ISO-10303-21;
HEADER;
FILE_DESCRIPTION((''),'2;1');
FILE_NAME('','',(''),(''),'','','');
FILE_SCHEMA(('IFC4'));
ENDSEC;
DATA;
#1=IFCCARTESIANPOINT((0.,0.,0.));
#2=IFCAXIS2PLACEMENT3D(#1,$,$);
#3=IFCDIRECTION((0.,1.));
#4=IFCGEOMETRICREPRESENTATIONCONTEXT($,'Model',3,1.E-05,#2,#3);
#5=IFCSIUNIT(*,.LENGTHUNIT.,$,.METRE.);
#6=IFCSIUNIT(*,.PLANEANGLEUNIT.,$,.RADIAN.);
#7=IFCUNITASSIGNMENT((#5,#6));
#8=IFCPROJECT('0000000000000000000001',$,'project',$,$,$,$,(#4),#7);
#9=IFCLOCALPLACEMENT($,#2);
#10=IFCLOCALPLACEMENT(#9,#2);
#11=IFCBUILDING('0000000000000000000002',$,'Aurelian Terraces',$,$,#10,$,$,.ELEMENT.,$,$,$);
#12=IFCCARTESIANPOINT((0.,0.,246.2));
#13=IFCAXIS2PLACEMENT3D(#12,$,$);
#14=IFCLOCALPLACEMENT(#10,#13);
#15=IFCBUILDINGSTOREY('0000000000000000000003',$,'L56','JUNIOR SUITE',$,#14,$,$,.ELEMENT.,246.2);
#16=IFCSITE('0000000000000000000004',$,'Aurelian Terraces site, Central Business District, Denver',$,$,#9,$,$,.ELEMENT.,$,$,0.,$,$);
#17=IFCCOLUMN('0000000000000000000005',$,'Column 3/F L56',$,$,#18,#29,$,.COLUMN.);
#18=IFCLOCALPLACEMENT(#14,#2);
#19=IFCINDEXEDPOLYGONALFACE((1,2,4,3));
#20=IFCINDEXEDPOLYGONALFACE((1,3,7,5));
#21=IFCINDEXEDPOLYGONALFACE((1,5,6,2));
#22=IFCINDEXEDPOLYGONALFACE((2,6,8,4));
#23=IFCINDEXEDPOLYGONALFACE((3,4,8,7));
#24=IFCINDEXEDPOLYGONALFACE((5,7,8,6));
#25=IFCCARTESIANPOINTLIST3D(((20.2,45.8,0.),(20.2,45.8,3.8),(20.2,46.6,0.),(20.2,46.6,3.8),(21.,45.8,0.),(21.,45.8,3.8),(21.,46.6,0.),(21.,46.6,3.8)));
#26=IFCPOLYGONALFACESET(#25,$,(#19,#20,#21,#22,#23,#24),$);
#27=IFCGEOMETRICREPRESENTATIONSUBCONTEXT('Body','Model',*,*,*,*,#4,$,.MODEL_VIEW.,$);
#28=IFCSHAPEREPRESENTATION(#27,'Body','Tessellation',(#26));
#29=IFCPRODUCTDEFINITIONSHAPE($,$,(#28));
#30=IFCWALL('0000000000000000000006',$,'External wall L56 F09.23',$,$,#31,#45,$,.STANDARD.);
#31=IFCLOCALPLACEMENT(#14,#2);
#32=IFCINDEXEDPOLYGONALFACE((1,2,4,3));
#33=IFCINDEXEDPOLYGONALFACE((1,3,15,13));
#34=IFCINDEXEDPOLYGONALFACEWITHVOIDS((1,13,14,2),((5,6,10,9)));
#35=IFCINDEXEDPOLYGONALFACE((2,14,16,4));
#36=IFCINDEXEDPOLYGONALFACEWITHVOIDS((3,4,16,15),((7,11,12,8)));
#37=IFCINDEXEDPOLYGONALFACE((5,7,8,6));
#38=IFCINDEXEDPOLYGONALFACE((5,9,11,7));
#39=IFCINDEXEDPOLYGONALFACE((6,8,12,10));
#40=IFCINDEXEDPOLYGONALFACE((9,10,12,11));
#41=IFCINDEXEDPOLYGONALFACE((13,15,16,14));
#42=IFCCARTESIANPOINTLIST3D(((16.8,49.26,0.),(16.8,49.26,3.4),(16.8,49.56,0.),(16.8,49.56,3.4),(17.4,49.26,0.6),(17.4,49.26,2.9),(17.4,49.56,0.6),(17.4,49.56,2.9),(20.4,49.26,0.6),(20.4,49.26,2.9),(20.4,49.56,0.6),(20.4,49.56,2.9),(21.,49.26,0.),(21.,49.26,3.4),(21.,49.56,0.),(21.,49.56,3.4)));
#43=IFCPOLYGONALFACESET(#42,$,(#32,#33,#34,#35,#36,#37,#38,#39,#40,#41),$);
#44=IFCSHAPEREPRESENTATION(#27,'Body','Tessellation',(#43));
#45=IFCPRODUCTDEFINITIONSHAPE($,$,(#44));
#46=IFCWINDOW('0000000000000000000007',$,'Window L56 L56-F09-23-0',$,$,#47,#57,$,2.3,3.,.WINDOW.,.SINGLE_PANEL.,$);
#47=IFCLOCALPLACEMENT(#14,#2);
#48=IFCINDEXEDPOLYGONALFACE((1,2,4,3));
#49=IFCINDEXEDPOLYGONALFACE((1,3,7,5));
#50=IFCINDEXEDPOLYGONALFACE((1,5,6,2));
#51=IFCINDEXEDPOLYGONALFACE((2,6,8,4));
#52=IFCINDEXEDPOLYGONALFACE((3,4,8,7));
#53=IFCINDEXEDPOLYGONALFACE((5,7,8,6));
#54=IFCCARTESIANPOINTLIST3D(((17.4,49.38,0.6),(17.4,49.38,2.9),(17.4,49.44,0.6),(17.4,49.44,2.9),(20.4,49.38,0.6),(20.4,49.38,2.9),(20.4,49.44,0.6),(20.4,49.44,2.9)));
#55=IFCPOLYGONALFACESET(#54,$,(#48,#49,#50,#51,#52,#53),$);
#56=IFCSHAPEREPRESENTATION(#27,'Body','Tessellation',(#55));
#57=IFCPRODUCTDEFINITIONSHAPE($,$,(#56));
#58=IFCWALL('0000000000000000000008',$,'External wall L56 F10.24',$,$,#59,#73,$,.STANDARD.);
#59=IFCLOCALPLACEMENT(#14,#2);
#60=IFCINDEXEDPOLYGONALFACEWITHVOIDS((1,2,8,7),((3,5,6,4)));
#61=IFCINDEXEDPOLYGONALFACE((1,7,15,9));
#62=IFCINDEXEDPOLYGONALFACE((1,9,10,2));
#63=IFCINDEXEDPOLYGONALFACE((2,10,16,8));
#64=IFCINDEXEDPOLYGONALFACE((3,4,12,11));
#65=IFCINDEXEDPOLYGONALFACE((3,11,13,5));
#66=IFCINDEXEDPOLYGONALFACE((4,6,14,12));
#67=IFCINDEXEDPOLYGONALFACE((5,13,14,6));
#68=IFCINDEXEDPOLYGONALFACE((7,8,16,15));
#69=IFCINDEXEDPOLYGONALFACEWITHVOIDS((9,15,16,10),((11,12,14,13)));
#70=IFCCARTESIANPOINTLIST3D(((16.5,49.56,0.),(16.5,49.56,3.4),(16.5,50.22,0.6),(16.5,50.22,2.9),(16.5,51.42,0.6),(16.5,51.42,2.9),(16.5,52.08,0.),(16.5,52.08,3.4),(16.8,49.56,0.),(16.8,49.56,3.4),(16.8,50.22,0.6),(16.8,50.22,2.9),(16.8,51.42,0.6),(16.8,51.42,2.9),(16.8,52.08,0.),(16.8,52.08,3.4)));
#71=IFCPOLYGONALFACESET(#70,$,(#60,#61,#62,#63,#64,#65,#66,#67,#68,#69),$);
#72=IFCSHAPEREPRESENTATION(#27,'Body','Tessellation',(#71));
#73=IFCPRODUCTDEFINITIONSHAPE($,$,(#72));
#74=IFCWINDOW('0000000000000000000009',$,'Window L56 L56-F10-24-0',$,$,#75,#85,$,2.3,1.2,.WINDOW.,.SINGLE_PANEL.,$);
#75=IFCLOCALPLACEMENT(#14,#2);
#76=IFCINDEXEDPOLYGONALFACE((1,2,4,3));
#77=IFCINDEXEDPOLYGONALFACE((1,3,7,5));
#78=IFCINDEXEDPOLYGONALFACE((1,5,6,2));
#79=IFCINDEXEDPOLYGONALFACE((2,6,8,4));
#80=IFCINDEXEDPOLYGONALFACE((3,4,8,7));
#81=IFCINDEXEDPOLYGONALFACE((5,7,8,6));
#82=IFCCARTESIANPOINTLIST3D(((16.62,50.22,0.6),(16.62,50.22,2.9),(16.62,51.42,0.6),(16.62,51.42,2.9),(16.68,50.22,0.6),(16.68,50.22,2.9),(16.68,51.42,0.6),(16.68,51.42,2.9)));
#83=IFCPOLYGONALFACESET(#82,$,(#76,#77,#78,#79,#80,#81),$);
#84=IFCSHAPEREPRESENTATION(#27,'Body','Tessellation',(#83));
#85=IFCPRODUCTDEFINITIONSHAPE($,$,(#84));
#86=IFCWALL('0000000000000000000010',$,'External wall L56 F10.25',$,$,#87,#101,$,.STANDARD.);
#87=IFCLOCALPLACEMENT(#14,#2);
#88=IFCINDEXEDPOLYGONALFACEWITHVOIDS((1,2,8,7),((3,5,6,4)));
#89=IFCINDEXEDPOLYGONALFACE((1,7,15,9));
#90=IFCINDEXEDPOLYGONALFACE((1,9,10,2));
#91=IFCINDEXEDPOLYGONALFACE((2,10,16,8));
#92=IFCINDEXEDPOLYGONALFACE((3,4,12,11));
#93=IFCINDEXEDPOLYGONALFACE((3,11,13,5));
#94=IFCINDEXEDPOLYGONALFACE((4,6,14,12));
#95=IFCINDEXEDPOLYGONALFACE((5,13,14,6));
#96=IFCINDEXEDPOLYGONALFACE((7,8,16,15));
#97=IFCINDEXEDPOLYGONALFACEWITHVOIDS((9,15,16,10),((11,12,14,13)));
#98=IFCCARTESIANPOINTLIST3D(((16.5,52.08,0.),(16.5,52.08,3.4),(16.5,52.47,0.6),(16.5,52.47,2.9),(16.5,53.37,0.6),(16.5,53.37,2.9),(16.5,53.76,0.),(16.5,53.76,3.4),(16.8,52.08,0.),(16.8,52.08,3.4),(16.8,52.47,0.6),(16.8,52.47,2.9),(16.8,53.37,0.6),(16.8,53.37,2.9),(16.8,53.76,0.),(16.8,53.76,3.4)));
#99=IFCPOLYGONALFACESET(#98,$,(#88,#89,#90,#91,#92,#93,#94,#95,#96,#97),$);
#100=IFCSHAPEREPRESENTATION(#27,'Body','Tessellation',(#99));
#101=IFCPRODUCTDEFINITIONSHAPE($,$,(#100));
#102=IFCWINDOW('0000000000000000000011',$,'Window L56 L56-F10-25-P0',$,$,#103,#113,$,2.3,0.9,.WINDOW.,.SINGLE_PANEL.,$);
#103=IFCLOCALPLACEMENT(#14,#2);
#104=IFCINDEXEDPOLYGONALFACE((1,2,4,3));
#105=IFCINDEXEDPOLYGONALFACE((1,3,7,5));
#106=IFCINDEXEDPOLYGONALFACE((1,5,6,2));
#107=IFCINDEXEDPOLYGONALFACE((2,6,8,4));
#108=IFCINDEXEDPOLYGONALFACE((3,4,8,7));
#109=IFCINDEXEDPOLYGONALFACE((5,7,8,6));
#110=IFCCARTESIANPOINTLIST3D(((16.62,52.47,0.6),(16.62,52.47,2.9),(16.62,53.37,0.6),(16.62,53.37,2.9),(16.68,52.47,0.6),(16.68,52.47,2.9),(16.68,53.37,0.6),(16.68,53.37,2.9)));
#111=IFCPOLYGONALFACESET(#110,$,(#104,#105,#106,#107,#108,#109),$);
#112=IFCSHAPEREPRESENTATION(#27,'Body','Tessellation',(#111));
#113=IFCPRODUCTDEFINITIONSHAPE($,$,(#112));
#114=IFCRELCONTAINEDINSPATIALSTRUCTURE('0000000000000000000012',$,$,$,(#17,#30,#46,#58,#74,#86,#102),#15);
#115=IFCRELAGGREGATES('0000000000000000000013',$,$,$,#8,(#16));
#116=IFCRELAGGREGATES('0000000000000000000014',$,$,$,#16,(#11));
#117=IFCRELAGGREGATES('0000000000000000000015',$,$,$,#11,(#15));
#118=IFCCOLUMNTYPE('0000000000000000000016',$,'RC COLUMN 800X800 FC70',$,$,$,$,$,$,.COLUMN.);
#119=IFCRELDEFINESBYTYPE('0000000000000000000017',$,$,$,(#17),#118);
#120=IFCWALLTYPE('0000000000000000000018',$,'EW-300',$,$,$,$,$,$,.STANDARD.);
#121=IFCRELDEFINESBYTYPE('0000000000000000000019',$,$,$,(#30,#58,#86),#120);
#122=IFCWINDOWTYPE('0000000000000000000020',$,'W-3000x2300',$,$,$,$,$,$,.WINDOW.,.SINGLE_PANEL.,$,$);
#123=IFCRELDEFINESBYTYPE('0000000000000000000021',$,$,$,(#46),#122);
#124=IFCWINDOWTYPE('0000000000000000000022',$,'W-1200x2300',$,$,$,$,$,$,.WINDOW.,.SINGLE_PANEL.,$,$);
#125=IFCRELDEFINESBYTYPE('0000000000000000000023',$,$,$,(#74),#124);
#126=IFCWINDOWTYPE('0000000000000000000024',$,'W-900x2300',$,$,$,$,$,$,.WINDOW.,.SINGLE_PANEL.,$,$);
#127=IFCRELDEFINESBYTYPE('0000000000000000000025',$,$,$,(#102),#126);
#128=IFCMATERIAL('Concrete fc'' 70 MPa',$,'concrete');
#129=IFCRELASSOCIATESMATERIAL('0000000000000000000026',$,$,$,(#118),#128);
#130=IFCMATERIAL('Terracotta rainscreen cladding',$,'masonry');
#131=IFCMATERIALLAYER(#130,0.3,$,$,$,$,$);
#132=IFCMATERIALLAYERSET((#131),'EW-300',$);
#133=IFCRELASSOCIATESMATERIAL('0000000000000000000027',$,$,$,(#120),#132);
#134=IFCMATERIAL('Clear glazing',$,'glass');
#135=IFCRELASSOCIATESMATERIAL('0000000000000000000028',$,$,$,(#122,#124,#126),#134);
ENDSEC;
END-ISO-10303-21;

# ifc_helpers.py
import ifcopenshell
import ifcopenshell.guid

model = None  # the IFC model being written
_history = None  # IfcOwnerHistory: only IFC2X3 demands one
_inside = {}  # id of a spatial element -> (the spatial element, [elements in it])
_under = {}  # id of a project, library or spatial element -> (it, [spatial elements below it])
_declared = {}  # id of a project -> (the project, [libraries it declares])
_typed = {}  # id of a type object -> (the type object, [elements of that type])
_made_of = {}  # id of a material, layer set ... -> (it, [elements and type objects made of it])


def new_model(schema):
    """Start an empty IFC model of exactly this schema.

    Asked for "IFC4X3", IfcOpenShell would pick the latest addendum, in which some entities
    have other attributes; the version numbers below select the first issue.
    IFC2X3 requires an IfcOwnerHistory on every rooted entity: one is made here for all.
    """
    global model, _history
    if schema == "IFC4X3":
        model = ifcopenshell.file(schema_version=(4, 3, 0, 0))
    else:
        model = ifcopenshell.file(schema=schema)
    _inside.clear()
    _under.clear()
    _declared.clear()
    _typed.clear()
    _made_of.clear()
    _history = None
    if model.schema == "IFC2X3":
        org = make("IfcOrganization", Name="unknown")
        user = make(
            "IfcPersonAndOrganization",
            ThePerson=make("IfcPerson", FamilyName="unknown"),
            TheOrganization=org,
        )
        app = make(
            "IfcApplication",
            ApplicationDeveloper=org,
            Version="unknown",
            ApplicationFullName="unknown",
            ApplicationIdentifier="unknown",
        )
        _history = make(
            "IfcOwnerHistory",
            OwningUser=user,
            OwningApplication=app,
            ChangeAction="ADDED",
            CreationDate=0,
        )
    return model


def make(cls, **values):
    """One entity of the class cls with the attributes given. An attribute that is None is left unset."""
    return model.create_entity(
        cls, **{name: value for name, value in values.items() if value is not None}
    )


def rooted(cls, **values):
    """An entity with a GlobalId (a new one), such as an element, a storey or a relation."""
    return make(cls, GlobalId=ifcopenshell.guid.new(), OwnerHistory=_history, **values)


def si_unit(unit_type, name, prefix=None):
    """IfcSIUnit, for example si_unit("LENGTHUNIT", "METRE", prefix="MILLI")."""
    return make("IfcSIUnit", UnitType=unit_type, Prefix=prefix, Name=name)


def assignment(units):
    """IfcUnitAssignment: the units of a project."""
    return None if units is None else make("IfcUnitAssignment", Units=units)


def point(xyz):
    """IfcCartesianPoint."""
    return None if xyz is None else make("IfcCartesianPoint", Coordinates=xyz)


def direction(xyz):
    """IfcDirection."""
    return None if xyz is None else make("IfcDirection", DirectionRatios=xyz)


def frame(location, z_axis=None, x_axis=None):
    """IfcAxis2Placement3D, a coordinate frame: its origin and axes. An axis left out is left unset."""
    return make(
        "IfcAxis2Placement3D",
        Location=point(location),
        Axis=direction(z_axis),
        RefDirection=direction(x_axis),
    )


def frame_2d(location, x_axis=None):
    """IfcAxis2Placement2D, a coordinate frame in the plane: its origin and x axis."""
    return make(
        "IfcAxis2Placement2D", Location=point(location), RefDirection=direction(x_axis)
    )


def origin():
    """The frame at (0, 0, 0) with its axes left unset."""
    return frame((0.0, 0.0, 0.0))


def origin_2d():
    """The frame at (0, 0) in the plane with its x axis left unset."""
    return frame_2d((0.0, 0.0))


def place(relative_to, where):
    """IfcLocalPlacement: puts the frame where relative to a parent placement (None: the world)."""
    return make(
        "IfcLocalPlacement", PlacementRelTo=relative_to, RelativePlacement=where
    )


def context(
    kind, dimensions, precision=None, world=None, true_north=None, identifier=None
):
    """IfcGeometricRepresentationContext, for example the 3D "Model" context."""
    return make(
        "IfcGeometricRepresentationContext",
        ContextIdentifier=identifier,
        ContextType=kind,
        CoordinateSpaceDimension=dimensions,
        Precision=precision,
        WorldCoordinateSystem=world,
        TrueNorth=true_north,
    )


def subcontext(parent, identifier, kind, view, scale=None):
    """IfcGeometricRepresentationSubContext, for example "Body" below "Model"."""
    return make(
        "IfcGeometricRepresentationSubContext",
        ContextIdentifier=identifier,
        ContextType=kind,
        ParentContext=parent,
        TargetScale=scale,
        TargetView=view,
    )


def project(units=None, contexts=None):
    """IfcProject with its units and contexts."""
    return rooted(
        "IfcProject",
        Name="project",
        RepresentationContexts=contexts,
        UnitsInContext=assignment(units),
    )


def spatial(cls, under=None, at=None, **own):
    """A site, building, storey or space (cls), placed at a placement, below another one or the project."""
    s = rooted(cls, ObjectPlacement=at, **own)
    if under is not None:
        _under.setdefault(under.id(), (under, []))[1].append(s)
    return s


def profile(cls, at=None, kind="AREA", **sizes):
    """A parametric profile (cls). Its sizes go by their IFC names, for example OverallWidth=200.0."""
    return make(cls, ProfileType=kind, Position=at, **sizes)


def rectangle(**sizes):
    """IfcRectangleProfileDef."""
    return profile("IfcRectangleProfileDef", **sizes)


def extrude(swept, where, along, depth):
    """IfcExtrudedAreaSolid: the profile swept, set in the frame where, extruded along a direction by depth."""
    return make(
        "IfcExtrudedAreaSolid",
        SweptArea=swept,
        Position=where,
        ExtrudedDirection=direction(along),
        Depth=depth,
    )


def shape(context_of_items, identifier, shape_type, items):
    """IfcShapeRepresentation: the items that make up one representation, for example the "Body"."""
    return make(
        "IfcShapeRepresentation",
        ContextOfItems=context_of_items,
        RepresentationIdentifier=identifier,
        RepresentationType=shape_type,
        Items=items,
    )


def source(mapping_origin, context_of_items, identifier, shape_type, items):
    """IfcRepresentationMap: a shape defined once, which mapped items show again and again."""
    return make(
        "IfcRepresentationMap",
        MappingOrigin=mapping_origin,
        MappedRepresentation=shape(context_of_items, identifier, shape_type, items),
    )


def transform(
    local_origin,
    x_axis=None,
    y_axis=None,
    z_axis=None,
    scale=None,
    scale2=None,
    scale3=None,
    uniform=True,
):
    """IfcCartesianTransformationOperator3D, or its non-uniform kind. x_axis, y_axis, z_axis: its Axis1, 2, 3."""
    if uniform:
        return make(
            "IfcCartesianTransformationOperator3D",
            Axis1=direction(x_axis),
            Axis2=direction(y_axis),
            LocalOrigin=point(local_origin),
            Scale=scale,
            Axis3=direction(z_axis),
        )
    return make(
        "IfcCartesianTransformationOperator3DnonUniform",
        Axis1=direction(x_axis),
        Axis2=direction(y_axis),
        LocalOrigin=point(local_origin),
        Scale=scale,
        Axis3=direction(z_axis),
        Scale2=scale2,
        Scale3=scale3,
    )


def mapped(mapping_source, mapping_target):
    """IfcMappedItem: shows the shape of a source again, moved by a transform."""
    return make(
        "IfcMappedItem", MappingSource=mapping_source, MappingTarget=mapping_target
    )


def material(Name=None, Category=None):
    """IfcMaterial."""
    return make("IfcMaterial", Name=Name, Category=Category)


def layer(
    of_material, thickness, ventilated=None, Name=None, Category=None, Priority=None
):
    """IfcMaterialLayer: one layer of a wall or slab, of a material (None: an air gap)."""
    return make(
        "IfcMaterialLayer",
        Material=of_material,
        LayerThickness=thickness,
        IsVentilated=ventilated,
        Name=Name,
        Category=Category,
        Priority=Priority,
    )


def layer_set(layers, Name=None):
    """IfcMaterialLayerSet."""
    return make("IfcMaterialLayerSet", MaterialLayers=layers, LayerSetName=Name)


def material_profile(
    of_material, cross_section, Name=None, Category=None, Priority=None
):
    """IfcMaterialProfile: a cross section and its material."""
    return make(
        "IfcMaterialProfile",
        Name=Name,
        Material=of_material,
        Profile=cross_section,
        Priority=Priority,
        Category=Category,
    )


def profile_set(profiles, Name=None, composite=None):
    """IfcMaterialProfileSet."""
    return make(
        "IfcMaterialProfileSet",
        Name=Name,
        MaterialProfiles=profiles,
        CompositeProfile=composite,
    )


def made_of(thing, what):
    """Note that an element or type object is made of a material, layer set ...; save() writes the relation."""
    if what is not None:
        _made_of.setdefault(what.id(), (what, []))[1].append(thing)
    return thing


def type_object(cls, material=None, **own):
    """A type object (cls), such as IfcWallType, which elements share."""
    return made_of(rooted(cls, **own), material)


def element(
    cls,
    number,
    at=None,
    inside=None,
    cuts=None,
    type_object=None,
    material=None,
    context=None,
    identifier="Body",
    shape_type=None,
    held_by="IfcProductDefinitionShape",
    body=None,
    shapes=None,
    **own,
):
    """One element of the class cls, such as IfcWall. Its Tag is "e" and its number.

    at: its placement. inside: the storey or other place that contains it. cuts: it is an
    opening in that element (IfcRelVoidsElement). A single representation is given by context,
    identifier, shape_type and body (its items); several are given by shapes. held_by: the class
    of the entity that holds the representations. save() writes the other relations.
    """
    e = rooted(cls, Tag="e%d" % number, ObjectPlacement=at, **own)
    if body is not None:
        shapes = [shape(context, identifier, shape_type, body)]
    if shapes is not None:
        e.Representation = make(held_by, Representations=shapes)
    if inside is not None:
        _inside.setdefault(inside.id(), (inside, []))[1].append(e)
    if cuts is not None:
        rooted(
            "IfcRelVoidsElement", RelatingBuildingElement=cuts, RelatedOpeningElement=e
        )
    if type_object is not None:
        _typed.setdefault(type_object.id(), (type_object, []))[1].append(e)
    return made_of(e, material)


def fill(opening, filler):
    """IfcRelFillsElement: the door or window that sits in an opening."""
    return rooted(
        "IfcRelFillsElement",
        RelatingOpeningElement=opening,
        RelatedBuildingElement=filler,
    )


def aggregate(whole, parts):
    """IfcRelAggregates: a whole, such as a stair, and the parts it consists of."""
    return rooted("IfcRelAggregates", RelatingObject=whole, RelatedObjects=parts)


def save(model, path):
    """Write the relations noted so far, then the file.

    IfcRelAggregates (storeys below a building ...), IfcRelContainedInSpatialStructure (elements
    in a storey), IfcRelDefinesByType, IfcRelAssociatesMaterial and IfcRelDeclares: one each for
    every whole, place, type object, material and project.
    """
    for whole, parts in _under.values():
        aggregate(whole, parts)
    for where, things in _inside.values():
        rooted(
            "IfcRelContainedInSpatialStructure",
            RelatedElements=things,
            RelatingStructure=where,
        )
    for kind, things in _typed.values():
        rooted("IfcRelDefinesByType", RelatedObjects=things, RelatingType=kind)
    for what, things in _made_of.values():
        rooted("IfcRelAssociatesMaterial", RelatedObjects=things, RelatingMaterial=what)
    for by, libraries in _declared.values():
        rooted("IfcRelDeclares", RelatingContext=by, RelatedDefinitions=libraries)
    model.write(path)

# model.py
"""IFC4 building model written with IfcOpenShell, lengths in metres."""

from ifc_helpers import new_model, si_unit, direction, frame, frame_2d, origin, origin_2d, place, context, subcontext, project, spatial, rectangle, extrude, source, transform, mapped, material, layer, layer_set, material_profile, profile_set, type_object, element, fill, save


model = new_model("IFC4")

# Units and contexts
model_context = context("Model", 3, precision=1e-05, world=origin(), true_north=direction((0.0, 1.0)))
body_context = subcontext(model_context, "Body", "Model", "MODEL_VIEW")
ifc_project = project(units=[si_unit("LENGTHUNIT", "METRE"), si_unit("PLANEANGLEUNIT", "RADIAN")], contexts=[model_context])

# Site, building, storey
site_placement = place(None, origin())
site = spatial("IfcSite", under=ifc_project, at=site_placement, Name="Aurelian Terraces site, Central Business District, Denver", CompositionType="ELEMENT", RefElevation=0.0)
building_placement = place(site_placement, origin())
building = spatial("IfcBuilding", under=site, at=building_placement, Name="Aurelian Terraces", CompositionType="ELEMENT")
storey_placement = place(building_placement, frame((0.0, 0.0, 246.2)))
storey = spatial("IfcBuildingStorey", under=building, at=storey_placement, Name="L56", Description="JUNIOR SUITE", CompositionType="ELEMENT", Elevation=246.2)

# Column
ifc_material_1 = material(Name="Concrete fc' 70 MPa", Category="concrete")
ifc_material_profile = material_profile(ifc_material_1, rectangle(XDim=0.8, YDim=0.8, at=origin_2d()))
ifc_profile_set = profile_set([ifc_material_profile], Name="Concrete fc' 70 MPa")
column_type = type_object("IfcColumnType", Name="RC COLUMN 800X800 FC70", PredefinedType="COLUMN", material=ifc_profile_set)
shared_shape_1 = source(origin(), body_context, "Body", "SweptSolid", [
    extrude(rectangle(XDim=0.8, YDim=0.8, at=origin_2d()), origin(), (0.0, 0.0, 1.0), 3.8),
])
column_placement = place(storey_placement, frame((20.6, 46.2, 0.0), z_axis=(0.0, 0.0, 1.0), x_axis=(1.0, 0.0, 0.0)))
element("IfcColumn", 1, at=column_placement, inside=storey, type_object=column_type, Name="Column 3/F L56", PredefinedType="COLUMN", context=body_context, shape_type="MappedRepresentation", body=[
    mapped(shared_shape_1, transform((0.0, 0.0, 0.0), scale=1.0)),
])

# Walls, openings, windows
ifc_material_2 = material(Name="Terracotta rainscreen cladding", Category="masonry")
ifc_layer_1 = layer(ifc_material_2, 0.3)
ifc_layer_set_1 = layer_set([ifc_layer_1], Name="EW-300")
wall_type_1 = type_object("IfcWallType", Name="EW-300", PredefinedType="STANDARD", material=ifc_layer_set_1)
shared_shape_2 = source(origin(), body_context, "Body", "SweptSolid", [
    extrude(rectangle(XDim=4.2, YDim=0.3, at=frame_2d((2.1, 0.0))), origin(), (0.0, 0.0, 1.0), 3.4),
])
wall_1_placement = place(storey_placement, frame((21.0, 49.41, 0.0), z_axis=(0.0, 0.0, 1.0), x_axis=(-1.0, 0.0, 0.0)))
wall_1 = element("IfcWall", 2, at=wall_1_placement, inside=storey, type_object=wall_type_1, Name="External wall L56 F09.23", PredefinedType="STANDARD", context=body_context, shape_type="MappedRepresentation", body=[
    mapped(shared_shape_2, transform((0.0, 0.0, 0.0), scale=1.0)),
])
shared_shape_3 = source(origin(), body_context, "Body", "SweptSolid", [
    extrude(rectangle(XDim=3.0, YDim=2.3, at=frame_2d((1.5, 1.15))), frame((0.0, 0.16, 0.0), z_axis=(0.0, -1.0, 0.0), x_axis=(1.0, 0.0, 0.0)), (0.0, 0.0, 1.0), 0.32),
])
opening_1_placement = place(wall_1_placement, frame((0.6, 0.0, 0.6)))
opening_1 = element("IfcOpeningElement", 3, at=opening_1_placement, cuts=wall_1, PredefinedType="OPENING", context=body_context, shape_type="MappedRepresentation", body=[
    mapped(shared_shape_3, transform((0.0, 0.0, 0.0), scale=1.0)),
])
ifc_material_3 = material(Name="Clear glazing", Category="glass")
window_type_1 = type_object("IfcWindowType", Name="W-3000x2300", PartitioningType="SINGLE_PANEL", PredefinedType="WINDOW", material=ifc_material_3)
shared_shape_4 = source(origin(), body_context, "Body", "SweptSolid", [
    extrude(rectangle(XDim=3.0, YDim=2.3, at=frame_2d((1.5, 1.15))), frame((0.0, 0.03, 0.0), z_axis=(0.0, -1.0, 0.0), x_axis=(1.0, 0.0, 0.0)), (0.0, 0.0, 1.0), 0.06),
])
window_1_placement = place(opening_1_placement, origin())
window_1 = element("IfcWindow", 4, at=window_1_placement, inside=storey, type_object=window_type_1, Name="Window L56 L56-F09-23-0", OverallHeight=2.3, OverallWidth=3.0, PartitioningType="SINGLE_PANEL", PredefinedType="WINDOW", context=body_context, shape_type="MappedRepresentation", body=[
    mapped(shared_shape_4, transform((0.0, 0.0, 0.0), scale=1.0)),
])
fill(opening_1, window_1)
shared_shape_5 = source(origin(), body_context, "Body", "SweptSolid", [
    extrude(rectangle(XDim=2.52, YDim=0.3, at=frame_2d((1.26, 0.0))), origin(), (0.0, 0.0, 1.0), 3.4),
])
wall_2_placement = place(storey_placement, frame((16.65, 49.56, 0.0), z_axis=(0.0, 0.0, 1.0), x_axis=(0.0, 1.0, 0.0)))
wall_2 = element("IfcWall", 5, at=wall_2_placement, inside=storey, type_object=wall_type_1, Name="External wall L56 F10.24", PredefinedType="STANDARD", context=body_context, shape_type="MappedRepresentation", body=[
    mapped(shared_shape_5, transform((0.0, 0.0, 0.0), scale=1.0)),
])
shared_shape_6 = source(origin(), body_context, "Body", "SweptSolid", [
    extrude(rectangle(XDim=1.2, YDim=2.3, at=frame_2d((0.6, 1.15))), frame((0.0, 0.16, 0.0), z_axis=(0.0, -1.0, 0.0), x_axis=(1.0, 0.0, 0.0)), (0.0, 0.0, 1.0), 0.32),
])
opening_2_placement = place(wall_2_placement, frame((0.66, 0.0, 0.6)))
opening_2 = element("IfcOpeningElement", 6, at=opening_2_placement, cuts=wall_2, PredefinedType="OPENING", context=body_context, shape_type="MappedRepresentation", body=[
    mapped(shared_shape_6, transform((0.0, 0.0, 0.0), scale=1.0)),
])
window_type_2 = type_object("IfcWindowType", Name="W-1200x2300", PartitioningType="SINGLE_PANEL", PredefinedType="WINDOW", material=ifc_material_3)
shared_shape_7 = source(origin(), body_context, "Body", "SweptSolid", [
    extrude(rectangle(XDim=1.2, YDim=2.3, at=frame_2d((0.6, 1.15))), frame((0.0, 0.03, 0.0), z_axis=(0.0, -1.0, 0.0), x_axis=(1.0, 0.0, 0.0)), (0.0, 0.0, 1.0), 0.06),
])
window_2_placement = place(opening_2_placement, origin())
window_2 = element("IfcWindow", 7, at=window_2_placement, inside=storey, type_object=window_type_2, Name="Window L56 L56-F10-24-0", OverallHeight=2.3, OverallWidth=1.2, PartitioningType="SINGLE_PANEL", PredefinedType="WINDOW", context=body_context, shape_type="MappedRepresentation", body=[
    mapped(shared_shape_7, transform((0.0, 0.0, 0.0), scale=1.0)),
])
fill(opening_2, window_2)
shared_shape_8 = source(origin(), body_context, "Body", "SweptSolid", [
    extrude(rectangle(XDim=1.68, YDim=0.3, at=frame_2d((0.84, 0.0))), origin(), (0.0, 0.0, 1.0), 3.4),
])
wall_3_placement = place(storey_placement, frame((16.65, 52.08, 0.0), z_axis=(0.0, 0.0, 1.0), x_axis=(0.0, 1.0, 0.0)))
wall_3 = element("IfcWall", 8, at=wall_3_placement, inside=storey, type_object=wall_type_1, Name="External wall L56 F10.25", PredefinedType="STANDARD", context=body_context, shape_type="MappedRepresentation", body=[
    mapped(shared_shape_8, transform((0.0, 0.0, 0.0), scale=1.0)),
])
shared_shape_9 = source(origin(), body_context, "Body", "SweptSolid", [
    extrude(rectangle(XDim=0.9, YDim=2.3, at=frame_2d((0.45, 1.15))), frame((0.0, 0.16, 0.0), z_axis=(0.0, -1.0, 0.0), x_axis=(1.0, 0.0, 0.0)), (0.0, 0.0, 1.0), 0.32),
])
opening_3_placement = place(wall_3_placement, frame((0.39, 0.0, 0.6)))
opening_3 = element("IfcOpeningElement", 9, at=opening_3_placement, cuts=wall_3, PredefinedType="OPENING", context=body_context, shape_type="MappedRepresentation", body=[
    mapped(shared_shape_9, transform((0.0, 0.0, 0.0), scale=1.0)),
])
window_type_3 = type_object("IfcWindowType", Name="W-900x2300", PartitioningType="SINGLE_PANEL", PredefinedType="WINDOW", material=ifc_material_3)
shared_shape_10 = source(origin(), body_context, "Body", "SweptSolid", [
    extrude(rectangle(XDim=0.9, YDim=2.3, at=frame_2d((0.45, 1.15))), frame((0.0, 0.03, 0.0), z_axis=(0.0, -1.0, 0.0), x_axis=(1.0, 0.0, 0.0)), (0.0, 0.0, 1.0), 0.06),
])
window_3_placement = place(opening_3_placement, origin())
window_3 = element("IfcWindow", 10, at=window_3_placement, inside=storey, type_object=window_type_3, Name="Window L56 L56-F10-25-P0", OverallHeight=2.3, OverallWidth=0.9, PartitioningType="SINGLE_PANEL", PredefinedType="WINDOW", context=body_context, shape_type="MappedRepresentation", body=[
    mapped(shared_shape_10, transform((0.0, 0.0, 0.0), scale=1.0)),
])
fill(opening_3, window_3)

save(model, "model.ifc")
